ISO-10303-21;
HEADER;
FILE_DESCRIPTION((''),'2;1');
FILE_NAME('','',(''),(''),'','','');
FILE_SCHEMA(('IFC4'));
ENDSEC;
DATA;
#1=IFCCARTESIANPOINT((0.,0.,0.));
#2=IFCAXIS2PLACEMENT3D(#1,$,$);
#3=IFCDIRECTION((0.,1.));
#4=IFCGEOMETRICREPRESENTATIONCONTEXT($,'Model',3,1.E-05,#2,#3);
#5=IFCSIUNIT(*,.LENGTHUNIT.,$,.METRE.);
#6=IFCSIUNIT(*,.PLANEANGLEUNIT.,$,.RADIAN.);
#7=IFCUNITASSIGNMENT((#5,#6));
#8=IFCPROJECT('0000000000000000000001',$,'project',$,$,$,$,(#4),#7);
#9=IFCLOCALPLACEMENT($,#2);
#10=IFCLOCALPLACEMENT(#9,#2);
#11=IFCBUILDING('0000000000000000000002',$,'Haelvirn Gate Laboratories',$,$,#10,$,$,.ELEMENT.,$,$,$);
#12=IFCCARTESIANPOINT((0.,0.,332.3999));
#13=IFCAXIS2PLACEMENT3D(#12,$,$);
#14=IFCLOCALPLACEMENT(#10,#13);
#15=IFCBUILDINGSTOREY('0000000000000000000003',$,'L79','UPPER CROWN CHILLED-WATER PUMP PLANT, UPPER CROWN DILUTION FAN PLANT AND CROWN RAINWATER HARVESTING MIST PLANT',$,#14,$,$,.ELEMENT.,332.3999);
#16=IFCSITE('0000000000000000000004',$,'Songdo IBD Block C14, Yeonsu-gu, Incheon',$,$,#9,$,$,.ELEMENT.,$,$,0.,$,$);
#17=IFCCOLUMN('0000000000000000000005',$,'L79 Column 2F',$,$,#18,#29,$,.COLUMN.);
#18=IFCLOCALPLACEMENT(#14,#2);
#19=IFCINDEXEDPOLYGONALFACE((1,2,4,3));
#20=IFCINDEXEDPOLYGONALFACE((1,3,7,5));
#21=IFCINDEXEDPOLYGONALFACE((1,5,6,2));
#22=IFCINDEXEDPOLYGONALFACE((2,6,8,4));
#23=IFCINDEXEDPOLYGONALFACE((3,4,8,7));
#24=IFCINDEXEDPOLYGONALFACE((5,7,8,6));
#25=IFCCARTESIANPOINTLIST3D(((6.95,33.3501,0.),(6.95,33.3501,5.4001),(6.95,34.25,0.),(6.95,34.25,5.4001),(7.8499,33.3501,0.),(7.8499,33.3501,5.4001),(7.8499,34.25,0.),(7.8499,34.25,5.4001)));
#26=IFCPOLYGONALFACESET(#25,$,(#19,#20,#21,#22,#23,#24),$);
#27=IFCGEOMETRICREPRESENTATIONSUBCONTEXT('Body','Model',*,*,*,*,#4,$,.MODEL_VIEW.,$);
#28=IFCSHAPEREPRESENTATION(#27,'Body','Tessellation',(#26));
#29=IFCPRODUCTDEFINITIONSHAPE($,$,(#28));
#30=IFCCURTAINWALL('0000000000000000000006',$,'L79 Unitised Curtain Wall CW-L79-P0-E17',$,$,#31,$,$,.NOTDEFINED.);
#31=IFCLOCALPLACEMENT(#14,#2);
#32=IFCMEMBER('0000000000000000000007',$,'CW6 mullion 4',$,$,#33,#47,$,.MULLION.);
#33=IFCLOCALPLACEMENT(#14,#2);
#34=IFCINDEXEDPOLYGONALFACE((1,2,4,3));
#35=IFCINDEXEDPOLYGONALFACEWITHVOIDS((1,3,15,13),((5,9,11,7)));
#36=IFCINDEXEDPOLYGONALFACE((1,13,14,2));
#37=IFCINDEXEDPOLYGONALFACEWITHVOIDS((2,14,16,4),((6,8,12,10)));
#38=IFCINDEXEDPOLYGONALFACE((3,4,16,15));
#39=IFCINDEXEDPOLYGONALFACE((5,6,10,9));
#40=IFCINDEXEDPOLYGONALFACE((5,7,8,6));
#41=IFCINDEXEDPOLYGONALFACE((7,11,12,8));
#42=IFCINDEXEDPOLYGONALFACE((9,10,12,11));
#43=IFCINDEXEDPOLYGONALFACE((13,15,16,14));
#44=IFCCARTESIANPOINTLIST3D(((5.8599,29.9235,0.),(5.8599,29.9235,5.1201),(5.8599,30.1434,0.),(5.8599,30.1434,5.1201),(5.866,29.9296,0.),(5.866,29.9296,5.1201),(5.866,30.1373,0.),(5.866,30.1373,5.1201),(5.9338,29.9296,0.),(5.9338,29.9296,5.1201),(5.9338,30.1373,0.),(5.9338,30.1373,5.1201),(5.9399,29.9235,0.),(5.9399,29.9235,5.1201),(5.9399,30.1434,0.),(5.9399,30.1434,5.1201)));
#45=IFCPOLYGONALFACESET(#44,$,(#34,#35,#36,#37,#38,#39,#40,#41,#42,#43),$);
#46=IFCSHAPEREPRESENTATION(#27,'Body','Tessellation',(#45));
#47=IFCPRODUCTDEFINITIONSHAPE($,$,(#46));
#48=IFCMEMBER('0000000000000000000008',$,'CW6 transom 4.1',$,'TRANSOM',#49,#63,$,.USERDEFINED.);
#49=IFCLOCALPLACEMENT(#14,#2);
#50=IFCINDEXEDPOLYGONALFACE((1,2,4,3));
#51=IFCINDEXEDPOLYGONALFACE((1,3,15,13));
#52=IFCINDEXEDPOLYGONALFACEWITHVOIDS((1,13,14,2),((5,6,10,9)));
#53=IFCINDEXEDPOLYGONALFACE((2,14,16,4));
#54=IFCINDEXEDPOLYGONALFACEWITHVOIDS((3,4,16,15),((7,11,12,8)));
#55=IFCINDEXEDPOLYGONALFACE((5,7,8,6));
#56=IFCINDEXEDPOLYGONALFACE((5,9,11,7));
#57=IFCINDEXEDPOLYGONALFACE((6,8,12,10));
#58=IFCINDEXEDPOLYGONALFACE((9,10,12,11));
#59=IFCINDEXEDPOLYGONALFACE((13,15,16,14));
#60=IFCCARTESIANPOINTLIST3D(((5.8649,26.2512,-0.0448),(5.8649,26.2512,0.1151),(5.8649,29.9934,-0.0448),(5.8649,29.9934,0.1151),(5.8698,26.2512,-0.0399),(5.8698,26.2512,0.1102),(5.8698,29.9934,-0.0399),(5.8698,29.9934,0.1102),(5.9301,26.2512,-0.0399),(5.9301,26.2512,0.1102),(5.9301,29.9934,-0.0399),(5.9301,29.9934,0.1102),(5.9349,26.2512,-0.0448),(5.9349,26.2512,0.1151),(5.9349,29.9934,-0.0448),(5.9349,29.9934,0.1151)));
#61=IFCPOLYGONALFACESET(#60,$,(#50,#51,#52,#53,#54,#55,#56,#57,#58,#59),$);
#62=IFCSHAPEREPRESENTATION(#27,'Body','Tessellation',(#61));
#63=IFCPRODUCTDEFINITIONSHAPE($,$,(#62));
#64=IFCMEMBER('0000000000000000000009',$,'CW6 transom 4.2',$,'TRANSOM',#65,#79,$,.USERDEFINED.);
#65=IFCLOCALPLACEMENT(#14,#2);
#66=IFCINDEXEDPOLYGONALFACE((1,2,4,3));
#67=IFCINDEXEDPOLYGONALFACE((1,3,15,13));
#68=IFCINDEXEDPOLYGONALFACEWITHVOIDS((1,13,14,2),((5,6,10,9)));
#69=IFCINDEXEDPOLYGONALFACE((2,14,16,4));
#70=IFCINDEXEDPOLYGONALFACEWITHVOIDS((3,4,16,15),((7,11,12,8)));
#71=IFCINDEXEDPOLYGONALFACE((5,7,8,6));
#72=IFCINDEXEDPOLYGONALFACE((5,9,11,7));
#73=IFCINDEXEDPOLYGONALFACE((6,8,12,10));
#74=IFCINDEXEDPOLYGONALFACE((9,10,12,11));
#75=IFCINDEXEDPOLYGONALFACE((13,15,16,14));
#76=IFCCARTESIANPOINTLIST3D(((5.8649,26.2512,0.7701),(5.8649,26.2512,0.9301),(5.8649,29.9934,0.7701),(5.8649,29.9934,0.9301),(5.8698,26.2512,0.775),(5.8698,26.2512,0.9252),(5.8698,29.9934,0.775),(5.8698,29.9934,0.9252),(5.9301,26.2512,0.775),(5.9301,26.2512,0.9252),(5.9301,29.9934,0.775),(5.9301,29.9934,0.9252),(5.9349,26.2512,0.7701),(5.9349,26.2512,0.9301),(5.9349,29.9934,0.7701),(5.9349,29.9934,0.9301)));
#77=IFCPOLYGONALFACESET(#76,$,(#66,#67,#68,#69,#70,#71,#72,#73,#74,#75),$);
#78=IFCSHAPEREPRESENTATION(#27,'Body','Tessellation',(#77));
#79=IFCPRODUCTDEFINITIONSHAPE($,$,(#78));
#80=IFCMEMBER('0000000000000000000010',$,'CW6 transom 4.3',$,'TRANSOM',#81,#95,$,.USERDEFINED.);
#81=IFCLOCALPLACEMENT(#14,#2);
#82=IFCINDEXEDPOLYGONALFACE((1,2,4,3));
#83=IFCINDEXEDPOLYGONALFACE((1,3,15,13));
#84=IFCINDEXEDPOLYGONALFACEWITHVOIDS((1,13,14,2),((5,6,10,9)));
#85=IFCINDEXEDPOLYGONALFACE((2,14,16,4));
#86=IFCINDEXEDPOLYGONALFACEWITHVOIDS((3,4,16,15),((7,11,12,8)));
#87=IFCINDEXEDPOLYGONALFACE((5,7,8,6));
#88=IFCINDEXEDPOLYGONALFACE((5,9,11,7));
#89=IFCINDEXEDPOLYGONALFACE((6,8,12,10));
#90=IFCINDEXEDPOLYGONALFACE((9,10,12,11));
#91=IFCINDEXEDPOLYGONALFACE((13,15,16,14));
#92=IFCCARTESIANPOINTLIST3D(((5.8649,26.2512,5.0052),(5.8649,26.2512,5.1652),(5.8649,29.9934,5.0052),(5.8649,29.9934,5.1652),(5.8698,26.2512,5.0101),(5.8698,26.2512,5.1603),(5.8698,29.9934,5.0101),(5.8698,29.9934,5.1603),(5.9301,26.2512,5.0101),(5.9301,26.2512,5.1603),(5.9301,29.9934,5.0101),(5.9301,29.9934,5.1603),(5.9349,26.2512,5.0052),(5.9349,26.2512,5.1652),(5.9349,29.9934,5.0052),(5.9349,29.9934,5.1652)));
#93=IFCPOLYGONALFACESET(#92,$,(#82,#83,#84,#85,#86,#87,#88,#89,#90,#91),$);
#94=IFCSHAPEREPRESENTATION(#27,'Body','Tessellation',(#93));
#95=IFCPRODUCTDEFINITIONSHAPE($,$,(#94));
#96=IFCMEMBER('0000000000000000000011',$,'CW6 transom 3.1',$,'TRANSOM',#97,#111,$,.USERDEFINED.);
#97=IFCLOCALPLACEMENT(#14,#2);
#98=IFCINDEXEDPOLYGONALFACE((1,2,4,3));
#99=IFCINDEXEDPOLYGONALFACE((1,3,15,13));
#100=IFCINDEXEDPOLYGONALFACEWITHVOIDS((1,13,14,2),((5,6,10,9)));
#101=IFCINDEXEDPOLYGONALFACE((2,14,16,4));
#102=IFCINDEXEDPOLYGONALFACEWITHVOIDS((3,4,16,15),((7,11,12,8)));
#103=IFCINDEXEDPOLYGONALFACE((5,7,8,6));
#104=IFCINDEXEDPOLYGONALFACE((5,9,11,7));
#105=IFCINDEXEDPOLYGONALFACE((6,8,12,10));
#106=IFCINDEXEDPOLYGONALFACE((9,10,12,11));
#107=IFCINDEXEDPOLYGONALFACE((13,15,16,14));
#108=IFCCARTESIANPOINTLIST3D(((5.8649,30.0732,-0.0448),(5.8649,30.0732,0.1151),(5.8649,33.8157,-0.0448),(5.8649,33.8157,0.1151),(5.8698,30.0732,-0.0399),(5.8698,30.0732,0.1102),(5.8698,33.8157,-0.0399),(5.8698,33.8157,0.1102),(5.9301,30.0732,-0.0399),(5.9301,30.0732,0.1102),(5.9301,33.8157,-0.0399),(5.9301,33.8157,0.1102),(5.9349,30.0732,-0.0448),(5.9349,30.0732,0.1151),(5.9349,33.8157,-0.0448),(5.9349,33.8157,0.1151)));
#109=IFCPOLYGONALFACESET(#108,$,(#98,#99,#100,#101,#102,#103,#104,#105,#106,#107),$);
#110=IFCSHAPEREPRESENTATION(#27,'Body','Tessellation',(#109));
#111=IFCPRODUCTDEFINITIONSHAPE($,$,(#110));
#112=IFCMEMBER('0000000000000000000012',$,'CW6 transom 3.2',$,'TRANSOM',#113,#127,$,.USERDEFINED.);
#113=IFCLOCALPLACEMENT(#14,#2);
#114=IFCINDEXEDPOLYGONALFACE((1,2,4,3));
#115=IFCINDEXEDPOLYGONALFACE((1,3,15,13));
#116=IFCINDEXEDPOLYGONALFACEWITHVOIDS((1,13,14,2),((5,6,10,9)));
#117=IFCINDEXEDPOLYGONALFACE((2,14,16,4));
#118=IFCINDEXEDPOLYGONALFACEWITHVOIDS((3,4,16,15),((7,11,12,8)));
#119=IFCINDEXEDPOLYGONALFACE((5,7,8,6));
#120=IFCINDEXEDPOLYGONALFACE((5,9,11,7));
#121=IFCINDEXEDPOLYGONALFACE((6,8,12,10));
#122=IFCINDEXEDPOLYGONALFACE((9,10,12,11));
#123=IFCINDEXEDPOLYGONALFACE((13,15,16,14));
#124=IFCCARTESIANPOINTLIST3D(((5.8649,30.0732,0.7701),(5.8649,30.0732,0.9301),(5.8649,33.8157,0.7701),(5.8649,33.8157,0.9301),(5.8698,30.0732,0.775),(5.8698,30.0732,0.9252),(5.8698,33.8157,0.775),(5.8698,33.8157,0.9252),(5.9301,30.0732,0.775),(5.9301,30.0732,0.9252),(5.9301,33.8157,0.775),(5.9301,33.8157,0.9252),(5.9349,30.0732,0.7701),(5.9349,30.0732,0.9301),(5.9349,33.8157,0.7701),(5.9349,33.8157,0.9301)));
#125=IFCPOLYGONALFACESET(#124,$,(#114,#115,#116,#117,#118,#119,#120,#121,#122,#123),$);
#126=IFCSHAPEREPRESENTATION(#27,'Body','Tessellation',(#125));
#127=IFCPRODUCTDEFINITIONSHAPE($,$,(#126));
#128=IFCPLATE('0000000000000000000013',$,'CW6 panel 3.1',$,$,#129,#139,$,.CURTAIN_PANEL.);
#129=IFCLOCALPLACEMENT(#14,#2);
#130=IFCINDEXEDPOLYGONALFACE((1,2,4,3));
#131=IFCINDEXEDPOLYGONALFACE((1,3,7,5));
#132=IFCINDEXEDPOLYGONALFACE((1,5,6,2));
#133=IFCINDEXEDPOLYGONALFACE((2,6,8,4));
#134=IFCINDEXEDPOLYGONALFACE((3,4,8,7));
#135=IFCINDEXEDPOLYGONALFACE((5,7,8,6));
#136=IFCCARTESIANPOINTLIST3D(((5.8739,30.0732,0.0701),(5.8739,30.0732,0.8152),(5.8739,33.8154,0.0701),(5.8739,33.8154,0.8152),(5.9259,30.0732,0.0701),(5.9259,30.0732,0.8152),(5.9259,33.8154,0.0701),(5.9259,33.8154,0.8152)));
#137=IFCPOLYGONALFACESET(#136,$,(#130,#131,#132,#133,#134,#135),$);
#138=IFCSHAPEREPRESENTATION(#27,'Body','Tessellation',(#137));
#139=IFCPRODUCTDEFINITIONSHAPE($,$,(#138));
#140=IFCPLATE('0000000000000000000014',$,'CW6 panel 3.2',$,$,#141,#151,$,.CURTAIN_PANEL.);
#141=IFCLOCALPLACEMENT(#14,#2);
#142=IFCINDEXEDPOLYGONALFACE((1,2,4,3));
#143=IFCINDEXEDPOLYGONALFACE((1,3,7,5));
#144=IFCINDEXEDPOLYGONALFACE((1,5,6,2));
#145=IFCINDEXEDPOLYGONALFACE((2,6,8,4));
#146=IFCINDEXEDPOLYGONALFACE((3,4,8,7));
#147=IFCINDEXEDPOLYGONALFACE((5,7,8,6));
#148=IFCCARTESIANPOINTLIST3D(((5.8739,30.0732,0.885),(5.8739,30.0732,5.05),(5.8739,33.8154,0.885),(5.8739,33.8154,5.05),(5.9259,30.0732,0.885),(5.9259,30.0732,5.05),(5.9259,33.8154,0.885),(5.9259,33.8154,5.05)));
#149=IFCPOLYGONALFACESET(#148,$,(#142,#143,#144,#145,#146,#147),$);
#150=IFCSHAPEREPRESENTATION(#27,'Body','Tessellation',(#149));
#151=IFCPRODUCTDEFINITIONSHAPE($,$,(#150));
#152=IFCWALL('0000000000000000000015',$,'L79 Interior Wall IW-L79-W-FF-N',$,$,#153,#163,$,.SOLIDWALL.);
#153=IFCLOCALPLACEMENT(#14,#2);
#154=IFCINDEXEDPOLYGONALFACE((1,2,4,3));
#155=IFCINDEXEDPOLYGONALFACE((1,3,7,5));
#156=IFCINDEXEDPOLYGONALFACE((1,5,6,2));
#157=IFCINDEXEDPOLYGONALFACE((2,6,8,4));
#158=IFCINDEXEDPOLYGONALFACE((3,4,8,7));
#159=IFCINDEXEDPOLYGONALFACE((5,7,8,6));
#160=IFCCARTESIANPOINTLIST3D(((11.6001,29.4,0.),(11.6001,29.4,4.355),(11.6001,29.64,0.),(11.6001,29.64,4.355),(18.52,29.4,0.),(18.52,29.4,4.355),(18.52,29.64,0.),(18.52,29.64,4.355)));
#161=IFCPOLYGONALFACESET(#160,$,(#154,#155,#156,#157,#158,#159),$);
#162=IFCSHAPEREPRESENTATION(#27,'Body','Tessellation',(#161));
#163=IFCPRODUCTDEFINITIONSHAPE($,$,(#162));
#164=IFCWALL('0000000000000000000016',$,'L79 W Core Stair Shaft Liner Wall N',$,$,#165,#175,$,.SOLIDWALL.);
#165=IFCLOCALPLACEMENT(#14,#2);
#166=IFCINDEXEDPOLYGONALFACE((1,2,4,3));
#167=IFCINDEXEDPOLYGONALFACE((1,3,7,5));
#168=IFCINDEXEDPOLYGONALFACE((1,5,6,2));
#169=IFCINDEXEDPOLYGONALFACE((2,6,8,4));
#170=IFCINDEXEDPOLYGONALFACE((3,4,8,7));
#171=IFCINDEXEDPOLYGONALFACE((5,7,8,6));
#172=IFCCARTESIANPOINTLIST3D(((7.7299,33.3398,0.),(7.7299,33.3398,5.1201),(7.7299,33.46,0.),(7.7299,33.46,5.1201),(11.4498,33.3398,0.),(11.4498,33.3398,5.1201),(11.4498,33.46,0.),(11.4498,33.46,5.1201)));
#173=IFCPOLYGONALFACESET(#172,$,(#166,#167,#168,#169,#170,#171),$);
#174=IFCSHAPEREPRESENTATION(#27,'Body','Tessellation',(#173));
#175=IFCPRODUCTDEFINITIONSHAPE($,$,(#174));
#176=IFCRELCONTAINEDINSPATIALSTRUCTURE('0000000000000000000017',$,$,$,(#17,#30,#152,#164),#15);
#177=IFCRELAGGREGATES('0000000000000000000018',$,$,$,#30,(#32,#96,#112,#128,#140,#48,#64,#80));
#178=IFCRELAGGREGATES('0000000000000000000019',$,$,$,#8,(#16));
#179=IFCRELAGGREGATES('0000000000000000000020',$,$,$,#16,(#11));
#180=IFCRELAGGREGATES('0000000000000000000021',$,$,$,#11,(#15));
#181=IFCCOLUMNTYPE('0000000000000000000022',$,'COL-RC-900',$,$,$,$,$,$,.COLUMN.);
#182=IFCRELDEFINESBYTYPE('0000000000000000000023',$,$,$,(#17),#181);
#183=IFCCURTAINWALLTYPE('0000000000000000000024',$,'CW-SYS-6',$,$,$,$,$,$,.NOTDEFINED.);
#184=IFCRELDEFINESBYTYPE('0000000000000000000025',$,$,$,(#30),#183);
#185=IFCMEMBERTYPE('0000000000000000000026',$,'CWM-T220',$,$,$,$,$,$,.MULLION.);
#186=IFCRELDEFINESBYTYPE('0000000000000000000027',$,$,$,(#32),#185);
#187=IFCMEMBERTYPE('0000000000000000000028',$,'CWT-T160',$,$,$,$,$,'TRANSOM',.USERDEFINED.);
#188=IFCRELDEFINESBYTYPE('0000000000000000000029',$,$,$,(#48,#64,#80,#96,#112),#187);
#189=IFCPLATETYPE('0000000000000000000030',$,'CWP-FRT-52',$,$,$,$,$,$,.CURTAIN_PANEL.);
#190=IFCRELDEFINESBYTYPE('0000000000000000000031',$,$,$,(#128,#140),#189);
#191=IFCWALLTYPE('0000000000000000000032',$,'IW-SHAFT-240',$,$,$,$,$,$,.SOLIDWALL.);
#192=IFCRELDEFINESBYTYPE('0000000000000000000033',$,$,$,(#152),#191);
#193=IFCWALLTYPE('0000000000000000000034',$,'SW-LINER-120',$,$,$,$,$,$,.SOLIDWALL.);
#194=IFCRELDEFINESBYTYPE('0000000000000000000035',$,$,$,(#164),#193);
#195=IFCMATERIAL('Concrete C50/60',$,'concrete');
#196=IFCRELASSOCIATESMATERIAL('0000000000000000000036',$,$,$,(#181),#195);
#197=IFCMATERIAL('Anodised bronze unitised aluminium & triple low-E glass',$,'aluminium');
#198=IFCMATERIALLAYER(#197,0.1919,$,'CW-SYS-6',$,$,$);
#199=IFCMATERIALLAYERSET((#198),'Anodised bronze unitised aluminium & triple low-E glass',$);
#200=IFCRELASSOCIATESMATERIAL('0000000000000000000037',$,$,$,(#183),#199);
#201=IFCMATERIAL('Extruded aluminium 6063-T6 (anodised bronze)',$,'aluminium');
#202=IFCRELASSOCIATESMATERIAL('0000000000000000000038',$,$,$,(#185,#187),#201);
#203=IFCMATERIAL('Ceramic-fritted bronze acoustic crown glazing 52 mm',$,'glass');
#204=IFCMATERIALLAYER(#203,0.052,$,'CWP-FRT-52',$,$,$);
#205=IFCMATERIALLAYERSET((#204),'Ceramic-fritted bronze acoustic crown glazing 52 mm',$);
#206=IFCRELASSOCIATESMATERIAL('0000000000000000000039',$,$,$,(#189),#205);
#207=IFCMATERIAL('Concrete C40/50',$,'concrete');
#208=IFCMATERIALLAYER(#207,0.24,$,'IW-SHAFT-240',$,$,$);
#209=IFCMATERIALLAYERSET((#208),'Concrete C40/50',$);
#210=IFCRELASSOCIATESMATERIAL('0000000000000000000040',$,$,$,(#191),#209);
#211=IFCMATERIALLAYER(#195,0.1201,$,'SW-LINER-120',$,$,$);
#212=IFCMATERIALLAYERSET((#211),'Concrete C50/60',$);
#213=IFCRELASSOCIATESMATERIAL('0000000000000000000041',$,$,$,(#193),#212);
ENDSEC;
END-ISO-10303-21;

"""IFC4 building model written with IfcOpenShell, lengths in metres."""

from ifc_helpers import new_model, si_unit, direction, frame, frame_2d, origin, origin_2d, place, context, subcontext, project, spatial, rectangle, hollow_rectangle, extrude, source, transform, mapped, material, layer, layer_set, material_profile, profile_set, type_object, type_shapes, element, aggregate, save


model = new_model("IFC4")

# Units and contexts
model_context = context("Model", 3, precision=1e-05, world=origin(), true_north=direction((0.0, 1.0)))
body_context = subcontext(model_context, "Body", "Model", "MODEL_VIEW")
ifc_project = project(units=[si_unit("LENGTHUNIT", "METRE"), si_unit("PLANEANGLEUNIT", "RADIAN")], contexts=[model_context])

# Site, building, storey
site_placement = place(None, origin())
site = spatial("IfcSite", under=ifc_project, at=site_placement, Name="Songdo IBD Block C14, Yeonsu-gu, Incheon", CompositionType="ELEMENT", RefElevation=0.0)
building_placement = place(site_placement, origin())
building = spatial("IfcBuilding", under=site, at=building_placement, Name="Haelvirn Gate Laboratories", CompositionType="ELEMENT")
storey_placement = place(building_placement, frame((0.0, 0.0, 332.3999)))
storey = spatial("IfcBuildingStorey", under=building, at=storey_placement, Name="L79", Description="UPPER CROWN CHILLED-WATER PUMP PLANT, UPPER CROWN DILUTION FAN PLANT AND CROWN RAINWATER HARVESTING MIST PLANT", CompositionType="ELEMENT", Elevation=332.3999)

# Column
ifc_material_1 = material(Name="Concrete C50/60", Category="concrete")
ifc_material_profile_1 = material_profile(ifc_material_1, rectangle(XDim=0.8999, YDim=0.8999, at=origin_2d()), Name="RC-900x900")
ifc_profile_set_1 = profile_set([ifc_material_profile_1], Name="Concrete C50/60")
column_type = type_object("IfcColumnType", Name="COL-RC-900", PredefinedType="COLUMN", material=ifc_profile_set_1)
shared_shape_1 = source(origin(), body_context, "Body", "SweptSolid", [
    extrude(rectangle(XDim=0.8999, YDim=0.8999, at=origin_2d()), origin(), (0.0, 0.0, 1.0), 5.4001),
])
type_shapes(column_type, [shared_shape_1])
column_placement = place(storey_placement, frame((7.3999, 33.8, 0.0), z_axis=(0.0, 0.0, 1.0), x_axis=(1.0, 0.0, 0.0)))
element("IfcColumn", 1, at=column_placement, inside=storey, type_object=column_type, Name="L79 Column 2F", PredefinedType="COLUMN", context=body_context, shape_type="MappedRepresentation", body=[
    mapped(shared_shape_1, transform((0.0, 0.0, 0.0), scale=1.0)),
])

# Curtain wall, members, plates
ifc_material_2 = material(Name="Anodised bronze unitised aluminium & triple low-E glass", Category="aluminium")
ifc_layer_1 = layer(ifc_material_2, 0.1919, Name="CW-SYS-6")
ifc_layer_set_1 = layer_set([ifc_layer_1], Name="Anodised bronze unitised aluminium & triple low-E glass")
curtain_wall_type = type_object("IfcCurtainWallType", Name="CW-SYS-6", PredefinedType="NOTDEFINED", material=ifc_layer_set_1)
curtain_wall_placement = place(storey_placement, origin())
curtain_wall = element("IfcCurtainWall", 2, at=curtain_wall_placement, inside=storey, type_object=curtain_wall_type, Name="L79 Unitised Curtain Wall CW-L79-P0-E17", PredefinedType="NOTDEFINED")
ifc_material_3 = material(Name="Extruded aluminium 6063-T6 (anodised bronze)", Category="aluminium")
ifc_material_profile_2 = material_profile(ifc_material_3, hollow_rectangle(XDim=0.0801, YDim=0.22, WallThickness=0.0061, at=origin_2d()), Name="CWM-220x80x6")
ifc_profile_set_2 = profile_set([ifc_material_profile_2], Name="Extruded aluminium 6063-T6 (anodised bronze)")
member_type_1 = type_object("IfcMemberType", Name="CWM-T220", PredefinedType="MULLION", material=ifc_profile_set_2)
shared_shape_2 = source(origin(), body_context, "Body", "SweptSolid", [
    extrude(hollow_rectangle(XDim=0.0801, YDim=0.22, WallThickness=0.0061, at=origin_2d()), origin(), (0.0, 0.0, 1.0), 5.1201),
])
type_shapes(member_type_1, [shared_shape_2])
member_1_placement = place(storey_placement, frame((5.8999, 30.0334, 0.0), z_axis=(0.0, 0.0, 1.0), x_axis=(1.0, 0.0, 0.0)))
member_1 = element("IfcMember", 3, at=member_1_placement, type_object=member_type_1, Name="CW6 mullion 4", PredefinedType="MULLION", context=body_context, shape_type="MappedRepresentation", body=[
    mapped(shared_shape_2, transform((0.0, 0.0, 0.0), scale=1.0)),
])
ifc_material_profile_3 = material_profile(ifc_material_3, hollow_rectangle(XDim=0.0701, YDim=0.1599, WallThickness=0.0049, at=origin_2d()), Name="CWT-160x70x5")
ifc_profile_set_3 = profile_set([ifc_material_profile_3], Name="Extruded aluminium 6063-T6 (anodised bronze)")
member_type_2 = type_object("IfcMemberType", Name="CWT-T160", ElementType="TRANSOM", PredefinedType="USERDEFINED", material=ifc_profile_set_3)
shared_shape_3 = source(origin(), body_context, "Body", "SweptSolid", [
    extrude(hollow_rectangle(XDim=0.0701, YDim=0.1599, WallThickness=0.0049, at=origin_2d()), origin(), (0.0, 0.0, 1.0), 3.7422),
])
member_2_placement = place(storey_placement, frame((5.8999, 29.9934, 0.0352), z_axis=(0.0, -1.0, 0.0), x_axis=(1.0, 0.0, 0.0)))
member_2 = element("IfcMember", 4, at=member_2_placement, type_object=member_type_2, Name="CW6 transom 4.1", ObjectType="TRANSOM", PredefinedType="USERDEFINED", context=body_context, shape_type="MappedRepresentation", body=[
    mapped(shared_shape_3, transform((0.0, 0.0, 0.0), scale=1.0)),
])
member_3_placement = place(storey_placement, frame((5.8999, 29.9934, 0.8501), z_axis=(0.0, -1.0, 0.0), x_axis=(1.0, 0.0, 0.0)))
member_3 = element("IfcMember", 5, at=member_3_placement, type_object=member_type_2, Name="CW6 transom 4.2", ObjectType="TRANSOM", PredefinedType="USERDEFINED", context=body_context, shape_type="MappedRepresentation", body=[
    mapped(shared_shape_3, transform((0.0, 0.0, 0.0), scale=1.0)),
])
member_4_placement = place(storey_placement, frame((5.8999, 29.9934, 5.0852), z_axis=(0.0, -1.0, 0.0), x_axis=(1.0, 0.0, 0.0)))
member_4 = element("IfcMember", 6, at=member_4_placement, type_object=member_type_2, Name="CW6 transom 4.3", ObjectType="TRANSOM", PredefinedType="USERDEFINED", context=body_context, shape_type="MappedRepresentation", body=[
    mapped(shared_shape_3, transform((0.0, 0.0, 0.0), scale=1.0)),
])
shared_shape_4 = source(origin(), body_context, "Body", "SweptSolid", [
    extrude(hollow_rectangle(XDim=0.0701, YDim=0.1599, WallThickness=0.0049, at=origin_2d()), origin(), (0.0, 0.0, 1.0), 3.7424),
])
type_shapes(member_type_2, [shared_shape_3, shared_shape_4])
member_5_placement = place(storey_placement, frame((5.8999, 33.8157, 0.0352), z_axis=(0.0, -1.0, 0.0), x_axis=(1.0, 0.0, 0.0)))
member_5 = element("IfcMember", 7, at=member_5_placement, type_object=member_type_2, Name="CW6 transom 3.1", ObjectType="TRANSOM", PredefinedType="USERDEFINED", context=body_context, shape_type="MappedRepresentation", body=[
    mapped(shared_shape_4, transform((0.0, 0.0, 0.0), scale=1.0)),
])
member_6_placement = place(storey_placement, frame((5.8999, 33.8157, 0.8501), z_axis=(0.0, -1.0, 0.0), x_axis=(1.0, 0.0, 0.0)))
member_6 = element("IfcMember", 8, at=member_6_placement, type_object=member_type_2, Name="CW6 transom 3.2", ObjectType="TRANSOM", PredefinedType="USERDEFINED", context=body_context, shape_type="MappedRepresentation", body=[
    mapped(shared_shape_4, transform((0.0, 0.0, 0.0), scale=1.0)),
])
ifc_material_4 = material(Name="Ceramic-fritted bronze acoustic crown glazing 52 mm", Category="glass")
ifc_layer_2 = layer(ifc_material_4, 0.052, Name="CWP-FRT-52")
ifc_layer_set_2 = layer_set([ifc_layer_2], Name="Ceramic-fritted bronze acoustic crown glazing 52 mm")
plate_type = type_object("IfcPlateType", Name="CWP-FRT-52", PredefinedType="CURTAIN_PANEL", material=ifc_layer_set_2)
shared_shape_5 = source(origin(), body_context, "Body", "SweptSolid", [
    extrude(rectangle(XDim=3.7422, YDim=0.052, at=origin_2d()), origin(), (0.0, 0.0, 1.0), 0.7451),
])
plate_1_placement = place(storey_placement, frame((5.8999, 31.9443, 0.0701), z_axis=(0.0, 0.0, 1.0), x_axis=(0.0, -1.0, 0.0)))
plate_1 = element("IfcPlate", 9, at=plate_1_placement, type_object=plate_type, Name="CW6 panel 3.1", PredefinedType="CURTAIN_PANEL", context=body_context, shape_type="MappedRepresentation", body=[
    mapped(shared_shape_5, transform((0.0, 0.0, 0.0), scale=1.0)),
])
shared_shape_6 = source(origin(), body_context, "Body", "SweptSolid", [
    extrude(rectangle(XDim=3.7422, YDim=0.052, at=origin_2d()), origin(), (0.0, 0.0, 1.0), 4.165),
])
type_shapes(plate_type, [shared_shape_5, shared_shape_6])
plate_2_placement = place(storey_placement, frame((5.8999, 31.9443, 0.885), z_axis=(0.0, 0.0, 1.0), x_axis=(0.0, -1.0, 0.0)))
plate_2 = element("IfcPlate", 10, at=plate_2_placement, type_object=plate_type, Name="CW6 panel 3.2", PredefinedType="CURTAIN_PANEL", context=body_context, shape_type="MappedRepresentation", body=[
    mapped(shared_shape_6, transform((0.0, 0.0, 0.0), scale=1.0)),
])
aggregate(curtain_wall, [member_1, member_5, member_6, plate_1, plate_2, member_2, member_3, member_4])

# Wall
ifc_material_5 = material(Name="Concrete C40/50", Category="concrete")
ifc_layer_3 = layer(ifc_material_5, 0.24, Name="IW-SHAFT-240")
ifc_layer_set_3 = layer_set([ifc_layer_3], Name="Concrete C40/50")
wall_type_1 = type_object("IfcWallType", Name="IW-SHAFT-240", PredefinedType="SOLIDWALL", material=ifc_layer_set_3)
wall_1_placement = place(storey_placement, frame((11.6001, 29.52, 0.0), z_axis=(0.0, 0.0, 1.0), x_axis=(1.0, 0.0, 0.0)))
element("IfcWall", 11, at=wall_1_placement, inside=storey, type_object=wall_type_1, Name="L79 Interior Wall IW-L79-W-FF-N", PredefinedType="SOLIDWALL", context=body_context, shape_type="SweptSolid", body=[
    extrude(rectangle(XDim=6.9199, YDim=0.24, at=frame_2d((3.46, 0.0))), origin(), (0.0, 0.0, 1.0), 4.355),
])

# Wall
ifc_layer_4 = layer(ifc_material_1, 0.1201, Name="SW-LINER-120")
ifc_layer_set_4 = layer_set([ifc_layer_4], Name="Concrete C50/60")
wall_type_2 = type_object("IfcWallType", Name="SW-LINER-120", PredefinedType="SOLIDWALL", material=ifc_layer_set_4)
wall_2_placement = place(storey_placement, frame((7.73, 33.3999, 0.0), z_axis=(0.0, 0.0, 1.0), x_axis=(1.0, 0.0, 0.0)))
element("IfcWall", 12, at=wall_2_placement, inside=storey, type_object=wall_type_2, Name="L79 W Core Stair Shaft Liner Wall N", PredefinedType="SOLIDWALL", context=body_context, shape_type="SweptSolid", body=[
    extrude(rectangle(XDim=3.72, YDim=0.1201, at=frame_2d((1.8599, 0.0))), origin(), (0.0, 0.0, 1.0), 5.1201),
])

save(model, "model.ifc")
